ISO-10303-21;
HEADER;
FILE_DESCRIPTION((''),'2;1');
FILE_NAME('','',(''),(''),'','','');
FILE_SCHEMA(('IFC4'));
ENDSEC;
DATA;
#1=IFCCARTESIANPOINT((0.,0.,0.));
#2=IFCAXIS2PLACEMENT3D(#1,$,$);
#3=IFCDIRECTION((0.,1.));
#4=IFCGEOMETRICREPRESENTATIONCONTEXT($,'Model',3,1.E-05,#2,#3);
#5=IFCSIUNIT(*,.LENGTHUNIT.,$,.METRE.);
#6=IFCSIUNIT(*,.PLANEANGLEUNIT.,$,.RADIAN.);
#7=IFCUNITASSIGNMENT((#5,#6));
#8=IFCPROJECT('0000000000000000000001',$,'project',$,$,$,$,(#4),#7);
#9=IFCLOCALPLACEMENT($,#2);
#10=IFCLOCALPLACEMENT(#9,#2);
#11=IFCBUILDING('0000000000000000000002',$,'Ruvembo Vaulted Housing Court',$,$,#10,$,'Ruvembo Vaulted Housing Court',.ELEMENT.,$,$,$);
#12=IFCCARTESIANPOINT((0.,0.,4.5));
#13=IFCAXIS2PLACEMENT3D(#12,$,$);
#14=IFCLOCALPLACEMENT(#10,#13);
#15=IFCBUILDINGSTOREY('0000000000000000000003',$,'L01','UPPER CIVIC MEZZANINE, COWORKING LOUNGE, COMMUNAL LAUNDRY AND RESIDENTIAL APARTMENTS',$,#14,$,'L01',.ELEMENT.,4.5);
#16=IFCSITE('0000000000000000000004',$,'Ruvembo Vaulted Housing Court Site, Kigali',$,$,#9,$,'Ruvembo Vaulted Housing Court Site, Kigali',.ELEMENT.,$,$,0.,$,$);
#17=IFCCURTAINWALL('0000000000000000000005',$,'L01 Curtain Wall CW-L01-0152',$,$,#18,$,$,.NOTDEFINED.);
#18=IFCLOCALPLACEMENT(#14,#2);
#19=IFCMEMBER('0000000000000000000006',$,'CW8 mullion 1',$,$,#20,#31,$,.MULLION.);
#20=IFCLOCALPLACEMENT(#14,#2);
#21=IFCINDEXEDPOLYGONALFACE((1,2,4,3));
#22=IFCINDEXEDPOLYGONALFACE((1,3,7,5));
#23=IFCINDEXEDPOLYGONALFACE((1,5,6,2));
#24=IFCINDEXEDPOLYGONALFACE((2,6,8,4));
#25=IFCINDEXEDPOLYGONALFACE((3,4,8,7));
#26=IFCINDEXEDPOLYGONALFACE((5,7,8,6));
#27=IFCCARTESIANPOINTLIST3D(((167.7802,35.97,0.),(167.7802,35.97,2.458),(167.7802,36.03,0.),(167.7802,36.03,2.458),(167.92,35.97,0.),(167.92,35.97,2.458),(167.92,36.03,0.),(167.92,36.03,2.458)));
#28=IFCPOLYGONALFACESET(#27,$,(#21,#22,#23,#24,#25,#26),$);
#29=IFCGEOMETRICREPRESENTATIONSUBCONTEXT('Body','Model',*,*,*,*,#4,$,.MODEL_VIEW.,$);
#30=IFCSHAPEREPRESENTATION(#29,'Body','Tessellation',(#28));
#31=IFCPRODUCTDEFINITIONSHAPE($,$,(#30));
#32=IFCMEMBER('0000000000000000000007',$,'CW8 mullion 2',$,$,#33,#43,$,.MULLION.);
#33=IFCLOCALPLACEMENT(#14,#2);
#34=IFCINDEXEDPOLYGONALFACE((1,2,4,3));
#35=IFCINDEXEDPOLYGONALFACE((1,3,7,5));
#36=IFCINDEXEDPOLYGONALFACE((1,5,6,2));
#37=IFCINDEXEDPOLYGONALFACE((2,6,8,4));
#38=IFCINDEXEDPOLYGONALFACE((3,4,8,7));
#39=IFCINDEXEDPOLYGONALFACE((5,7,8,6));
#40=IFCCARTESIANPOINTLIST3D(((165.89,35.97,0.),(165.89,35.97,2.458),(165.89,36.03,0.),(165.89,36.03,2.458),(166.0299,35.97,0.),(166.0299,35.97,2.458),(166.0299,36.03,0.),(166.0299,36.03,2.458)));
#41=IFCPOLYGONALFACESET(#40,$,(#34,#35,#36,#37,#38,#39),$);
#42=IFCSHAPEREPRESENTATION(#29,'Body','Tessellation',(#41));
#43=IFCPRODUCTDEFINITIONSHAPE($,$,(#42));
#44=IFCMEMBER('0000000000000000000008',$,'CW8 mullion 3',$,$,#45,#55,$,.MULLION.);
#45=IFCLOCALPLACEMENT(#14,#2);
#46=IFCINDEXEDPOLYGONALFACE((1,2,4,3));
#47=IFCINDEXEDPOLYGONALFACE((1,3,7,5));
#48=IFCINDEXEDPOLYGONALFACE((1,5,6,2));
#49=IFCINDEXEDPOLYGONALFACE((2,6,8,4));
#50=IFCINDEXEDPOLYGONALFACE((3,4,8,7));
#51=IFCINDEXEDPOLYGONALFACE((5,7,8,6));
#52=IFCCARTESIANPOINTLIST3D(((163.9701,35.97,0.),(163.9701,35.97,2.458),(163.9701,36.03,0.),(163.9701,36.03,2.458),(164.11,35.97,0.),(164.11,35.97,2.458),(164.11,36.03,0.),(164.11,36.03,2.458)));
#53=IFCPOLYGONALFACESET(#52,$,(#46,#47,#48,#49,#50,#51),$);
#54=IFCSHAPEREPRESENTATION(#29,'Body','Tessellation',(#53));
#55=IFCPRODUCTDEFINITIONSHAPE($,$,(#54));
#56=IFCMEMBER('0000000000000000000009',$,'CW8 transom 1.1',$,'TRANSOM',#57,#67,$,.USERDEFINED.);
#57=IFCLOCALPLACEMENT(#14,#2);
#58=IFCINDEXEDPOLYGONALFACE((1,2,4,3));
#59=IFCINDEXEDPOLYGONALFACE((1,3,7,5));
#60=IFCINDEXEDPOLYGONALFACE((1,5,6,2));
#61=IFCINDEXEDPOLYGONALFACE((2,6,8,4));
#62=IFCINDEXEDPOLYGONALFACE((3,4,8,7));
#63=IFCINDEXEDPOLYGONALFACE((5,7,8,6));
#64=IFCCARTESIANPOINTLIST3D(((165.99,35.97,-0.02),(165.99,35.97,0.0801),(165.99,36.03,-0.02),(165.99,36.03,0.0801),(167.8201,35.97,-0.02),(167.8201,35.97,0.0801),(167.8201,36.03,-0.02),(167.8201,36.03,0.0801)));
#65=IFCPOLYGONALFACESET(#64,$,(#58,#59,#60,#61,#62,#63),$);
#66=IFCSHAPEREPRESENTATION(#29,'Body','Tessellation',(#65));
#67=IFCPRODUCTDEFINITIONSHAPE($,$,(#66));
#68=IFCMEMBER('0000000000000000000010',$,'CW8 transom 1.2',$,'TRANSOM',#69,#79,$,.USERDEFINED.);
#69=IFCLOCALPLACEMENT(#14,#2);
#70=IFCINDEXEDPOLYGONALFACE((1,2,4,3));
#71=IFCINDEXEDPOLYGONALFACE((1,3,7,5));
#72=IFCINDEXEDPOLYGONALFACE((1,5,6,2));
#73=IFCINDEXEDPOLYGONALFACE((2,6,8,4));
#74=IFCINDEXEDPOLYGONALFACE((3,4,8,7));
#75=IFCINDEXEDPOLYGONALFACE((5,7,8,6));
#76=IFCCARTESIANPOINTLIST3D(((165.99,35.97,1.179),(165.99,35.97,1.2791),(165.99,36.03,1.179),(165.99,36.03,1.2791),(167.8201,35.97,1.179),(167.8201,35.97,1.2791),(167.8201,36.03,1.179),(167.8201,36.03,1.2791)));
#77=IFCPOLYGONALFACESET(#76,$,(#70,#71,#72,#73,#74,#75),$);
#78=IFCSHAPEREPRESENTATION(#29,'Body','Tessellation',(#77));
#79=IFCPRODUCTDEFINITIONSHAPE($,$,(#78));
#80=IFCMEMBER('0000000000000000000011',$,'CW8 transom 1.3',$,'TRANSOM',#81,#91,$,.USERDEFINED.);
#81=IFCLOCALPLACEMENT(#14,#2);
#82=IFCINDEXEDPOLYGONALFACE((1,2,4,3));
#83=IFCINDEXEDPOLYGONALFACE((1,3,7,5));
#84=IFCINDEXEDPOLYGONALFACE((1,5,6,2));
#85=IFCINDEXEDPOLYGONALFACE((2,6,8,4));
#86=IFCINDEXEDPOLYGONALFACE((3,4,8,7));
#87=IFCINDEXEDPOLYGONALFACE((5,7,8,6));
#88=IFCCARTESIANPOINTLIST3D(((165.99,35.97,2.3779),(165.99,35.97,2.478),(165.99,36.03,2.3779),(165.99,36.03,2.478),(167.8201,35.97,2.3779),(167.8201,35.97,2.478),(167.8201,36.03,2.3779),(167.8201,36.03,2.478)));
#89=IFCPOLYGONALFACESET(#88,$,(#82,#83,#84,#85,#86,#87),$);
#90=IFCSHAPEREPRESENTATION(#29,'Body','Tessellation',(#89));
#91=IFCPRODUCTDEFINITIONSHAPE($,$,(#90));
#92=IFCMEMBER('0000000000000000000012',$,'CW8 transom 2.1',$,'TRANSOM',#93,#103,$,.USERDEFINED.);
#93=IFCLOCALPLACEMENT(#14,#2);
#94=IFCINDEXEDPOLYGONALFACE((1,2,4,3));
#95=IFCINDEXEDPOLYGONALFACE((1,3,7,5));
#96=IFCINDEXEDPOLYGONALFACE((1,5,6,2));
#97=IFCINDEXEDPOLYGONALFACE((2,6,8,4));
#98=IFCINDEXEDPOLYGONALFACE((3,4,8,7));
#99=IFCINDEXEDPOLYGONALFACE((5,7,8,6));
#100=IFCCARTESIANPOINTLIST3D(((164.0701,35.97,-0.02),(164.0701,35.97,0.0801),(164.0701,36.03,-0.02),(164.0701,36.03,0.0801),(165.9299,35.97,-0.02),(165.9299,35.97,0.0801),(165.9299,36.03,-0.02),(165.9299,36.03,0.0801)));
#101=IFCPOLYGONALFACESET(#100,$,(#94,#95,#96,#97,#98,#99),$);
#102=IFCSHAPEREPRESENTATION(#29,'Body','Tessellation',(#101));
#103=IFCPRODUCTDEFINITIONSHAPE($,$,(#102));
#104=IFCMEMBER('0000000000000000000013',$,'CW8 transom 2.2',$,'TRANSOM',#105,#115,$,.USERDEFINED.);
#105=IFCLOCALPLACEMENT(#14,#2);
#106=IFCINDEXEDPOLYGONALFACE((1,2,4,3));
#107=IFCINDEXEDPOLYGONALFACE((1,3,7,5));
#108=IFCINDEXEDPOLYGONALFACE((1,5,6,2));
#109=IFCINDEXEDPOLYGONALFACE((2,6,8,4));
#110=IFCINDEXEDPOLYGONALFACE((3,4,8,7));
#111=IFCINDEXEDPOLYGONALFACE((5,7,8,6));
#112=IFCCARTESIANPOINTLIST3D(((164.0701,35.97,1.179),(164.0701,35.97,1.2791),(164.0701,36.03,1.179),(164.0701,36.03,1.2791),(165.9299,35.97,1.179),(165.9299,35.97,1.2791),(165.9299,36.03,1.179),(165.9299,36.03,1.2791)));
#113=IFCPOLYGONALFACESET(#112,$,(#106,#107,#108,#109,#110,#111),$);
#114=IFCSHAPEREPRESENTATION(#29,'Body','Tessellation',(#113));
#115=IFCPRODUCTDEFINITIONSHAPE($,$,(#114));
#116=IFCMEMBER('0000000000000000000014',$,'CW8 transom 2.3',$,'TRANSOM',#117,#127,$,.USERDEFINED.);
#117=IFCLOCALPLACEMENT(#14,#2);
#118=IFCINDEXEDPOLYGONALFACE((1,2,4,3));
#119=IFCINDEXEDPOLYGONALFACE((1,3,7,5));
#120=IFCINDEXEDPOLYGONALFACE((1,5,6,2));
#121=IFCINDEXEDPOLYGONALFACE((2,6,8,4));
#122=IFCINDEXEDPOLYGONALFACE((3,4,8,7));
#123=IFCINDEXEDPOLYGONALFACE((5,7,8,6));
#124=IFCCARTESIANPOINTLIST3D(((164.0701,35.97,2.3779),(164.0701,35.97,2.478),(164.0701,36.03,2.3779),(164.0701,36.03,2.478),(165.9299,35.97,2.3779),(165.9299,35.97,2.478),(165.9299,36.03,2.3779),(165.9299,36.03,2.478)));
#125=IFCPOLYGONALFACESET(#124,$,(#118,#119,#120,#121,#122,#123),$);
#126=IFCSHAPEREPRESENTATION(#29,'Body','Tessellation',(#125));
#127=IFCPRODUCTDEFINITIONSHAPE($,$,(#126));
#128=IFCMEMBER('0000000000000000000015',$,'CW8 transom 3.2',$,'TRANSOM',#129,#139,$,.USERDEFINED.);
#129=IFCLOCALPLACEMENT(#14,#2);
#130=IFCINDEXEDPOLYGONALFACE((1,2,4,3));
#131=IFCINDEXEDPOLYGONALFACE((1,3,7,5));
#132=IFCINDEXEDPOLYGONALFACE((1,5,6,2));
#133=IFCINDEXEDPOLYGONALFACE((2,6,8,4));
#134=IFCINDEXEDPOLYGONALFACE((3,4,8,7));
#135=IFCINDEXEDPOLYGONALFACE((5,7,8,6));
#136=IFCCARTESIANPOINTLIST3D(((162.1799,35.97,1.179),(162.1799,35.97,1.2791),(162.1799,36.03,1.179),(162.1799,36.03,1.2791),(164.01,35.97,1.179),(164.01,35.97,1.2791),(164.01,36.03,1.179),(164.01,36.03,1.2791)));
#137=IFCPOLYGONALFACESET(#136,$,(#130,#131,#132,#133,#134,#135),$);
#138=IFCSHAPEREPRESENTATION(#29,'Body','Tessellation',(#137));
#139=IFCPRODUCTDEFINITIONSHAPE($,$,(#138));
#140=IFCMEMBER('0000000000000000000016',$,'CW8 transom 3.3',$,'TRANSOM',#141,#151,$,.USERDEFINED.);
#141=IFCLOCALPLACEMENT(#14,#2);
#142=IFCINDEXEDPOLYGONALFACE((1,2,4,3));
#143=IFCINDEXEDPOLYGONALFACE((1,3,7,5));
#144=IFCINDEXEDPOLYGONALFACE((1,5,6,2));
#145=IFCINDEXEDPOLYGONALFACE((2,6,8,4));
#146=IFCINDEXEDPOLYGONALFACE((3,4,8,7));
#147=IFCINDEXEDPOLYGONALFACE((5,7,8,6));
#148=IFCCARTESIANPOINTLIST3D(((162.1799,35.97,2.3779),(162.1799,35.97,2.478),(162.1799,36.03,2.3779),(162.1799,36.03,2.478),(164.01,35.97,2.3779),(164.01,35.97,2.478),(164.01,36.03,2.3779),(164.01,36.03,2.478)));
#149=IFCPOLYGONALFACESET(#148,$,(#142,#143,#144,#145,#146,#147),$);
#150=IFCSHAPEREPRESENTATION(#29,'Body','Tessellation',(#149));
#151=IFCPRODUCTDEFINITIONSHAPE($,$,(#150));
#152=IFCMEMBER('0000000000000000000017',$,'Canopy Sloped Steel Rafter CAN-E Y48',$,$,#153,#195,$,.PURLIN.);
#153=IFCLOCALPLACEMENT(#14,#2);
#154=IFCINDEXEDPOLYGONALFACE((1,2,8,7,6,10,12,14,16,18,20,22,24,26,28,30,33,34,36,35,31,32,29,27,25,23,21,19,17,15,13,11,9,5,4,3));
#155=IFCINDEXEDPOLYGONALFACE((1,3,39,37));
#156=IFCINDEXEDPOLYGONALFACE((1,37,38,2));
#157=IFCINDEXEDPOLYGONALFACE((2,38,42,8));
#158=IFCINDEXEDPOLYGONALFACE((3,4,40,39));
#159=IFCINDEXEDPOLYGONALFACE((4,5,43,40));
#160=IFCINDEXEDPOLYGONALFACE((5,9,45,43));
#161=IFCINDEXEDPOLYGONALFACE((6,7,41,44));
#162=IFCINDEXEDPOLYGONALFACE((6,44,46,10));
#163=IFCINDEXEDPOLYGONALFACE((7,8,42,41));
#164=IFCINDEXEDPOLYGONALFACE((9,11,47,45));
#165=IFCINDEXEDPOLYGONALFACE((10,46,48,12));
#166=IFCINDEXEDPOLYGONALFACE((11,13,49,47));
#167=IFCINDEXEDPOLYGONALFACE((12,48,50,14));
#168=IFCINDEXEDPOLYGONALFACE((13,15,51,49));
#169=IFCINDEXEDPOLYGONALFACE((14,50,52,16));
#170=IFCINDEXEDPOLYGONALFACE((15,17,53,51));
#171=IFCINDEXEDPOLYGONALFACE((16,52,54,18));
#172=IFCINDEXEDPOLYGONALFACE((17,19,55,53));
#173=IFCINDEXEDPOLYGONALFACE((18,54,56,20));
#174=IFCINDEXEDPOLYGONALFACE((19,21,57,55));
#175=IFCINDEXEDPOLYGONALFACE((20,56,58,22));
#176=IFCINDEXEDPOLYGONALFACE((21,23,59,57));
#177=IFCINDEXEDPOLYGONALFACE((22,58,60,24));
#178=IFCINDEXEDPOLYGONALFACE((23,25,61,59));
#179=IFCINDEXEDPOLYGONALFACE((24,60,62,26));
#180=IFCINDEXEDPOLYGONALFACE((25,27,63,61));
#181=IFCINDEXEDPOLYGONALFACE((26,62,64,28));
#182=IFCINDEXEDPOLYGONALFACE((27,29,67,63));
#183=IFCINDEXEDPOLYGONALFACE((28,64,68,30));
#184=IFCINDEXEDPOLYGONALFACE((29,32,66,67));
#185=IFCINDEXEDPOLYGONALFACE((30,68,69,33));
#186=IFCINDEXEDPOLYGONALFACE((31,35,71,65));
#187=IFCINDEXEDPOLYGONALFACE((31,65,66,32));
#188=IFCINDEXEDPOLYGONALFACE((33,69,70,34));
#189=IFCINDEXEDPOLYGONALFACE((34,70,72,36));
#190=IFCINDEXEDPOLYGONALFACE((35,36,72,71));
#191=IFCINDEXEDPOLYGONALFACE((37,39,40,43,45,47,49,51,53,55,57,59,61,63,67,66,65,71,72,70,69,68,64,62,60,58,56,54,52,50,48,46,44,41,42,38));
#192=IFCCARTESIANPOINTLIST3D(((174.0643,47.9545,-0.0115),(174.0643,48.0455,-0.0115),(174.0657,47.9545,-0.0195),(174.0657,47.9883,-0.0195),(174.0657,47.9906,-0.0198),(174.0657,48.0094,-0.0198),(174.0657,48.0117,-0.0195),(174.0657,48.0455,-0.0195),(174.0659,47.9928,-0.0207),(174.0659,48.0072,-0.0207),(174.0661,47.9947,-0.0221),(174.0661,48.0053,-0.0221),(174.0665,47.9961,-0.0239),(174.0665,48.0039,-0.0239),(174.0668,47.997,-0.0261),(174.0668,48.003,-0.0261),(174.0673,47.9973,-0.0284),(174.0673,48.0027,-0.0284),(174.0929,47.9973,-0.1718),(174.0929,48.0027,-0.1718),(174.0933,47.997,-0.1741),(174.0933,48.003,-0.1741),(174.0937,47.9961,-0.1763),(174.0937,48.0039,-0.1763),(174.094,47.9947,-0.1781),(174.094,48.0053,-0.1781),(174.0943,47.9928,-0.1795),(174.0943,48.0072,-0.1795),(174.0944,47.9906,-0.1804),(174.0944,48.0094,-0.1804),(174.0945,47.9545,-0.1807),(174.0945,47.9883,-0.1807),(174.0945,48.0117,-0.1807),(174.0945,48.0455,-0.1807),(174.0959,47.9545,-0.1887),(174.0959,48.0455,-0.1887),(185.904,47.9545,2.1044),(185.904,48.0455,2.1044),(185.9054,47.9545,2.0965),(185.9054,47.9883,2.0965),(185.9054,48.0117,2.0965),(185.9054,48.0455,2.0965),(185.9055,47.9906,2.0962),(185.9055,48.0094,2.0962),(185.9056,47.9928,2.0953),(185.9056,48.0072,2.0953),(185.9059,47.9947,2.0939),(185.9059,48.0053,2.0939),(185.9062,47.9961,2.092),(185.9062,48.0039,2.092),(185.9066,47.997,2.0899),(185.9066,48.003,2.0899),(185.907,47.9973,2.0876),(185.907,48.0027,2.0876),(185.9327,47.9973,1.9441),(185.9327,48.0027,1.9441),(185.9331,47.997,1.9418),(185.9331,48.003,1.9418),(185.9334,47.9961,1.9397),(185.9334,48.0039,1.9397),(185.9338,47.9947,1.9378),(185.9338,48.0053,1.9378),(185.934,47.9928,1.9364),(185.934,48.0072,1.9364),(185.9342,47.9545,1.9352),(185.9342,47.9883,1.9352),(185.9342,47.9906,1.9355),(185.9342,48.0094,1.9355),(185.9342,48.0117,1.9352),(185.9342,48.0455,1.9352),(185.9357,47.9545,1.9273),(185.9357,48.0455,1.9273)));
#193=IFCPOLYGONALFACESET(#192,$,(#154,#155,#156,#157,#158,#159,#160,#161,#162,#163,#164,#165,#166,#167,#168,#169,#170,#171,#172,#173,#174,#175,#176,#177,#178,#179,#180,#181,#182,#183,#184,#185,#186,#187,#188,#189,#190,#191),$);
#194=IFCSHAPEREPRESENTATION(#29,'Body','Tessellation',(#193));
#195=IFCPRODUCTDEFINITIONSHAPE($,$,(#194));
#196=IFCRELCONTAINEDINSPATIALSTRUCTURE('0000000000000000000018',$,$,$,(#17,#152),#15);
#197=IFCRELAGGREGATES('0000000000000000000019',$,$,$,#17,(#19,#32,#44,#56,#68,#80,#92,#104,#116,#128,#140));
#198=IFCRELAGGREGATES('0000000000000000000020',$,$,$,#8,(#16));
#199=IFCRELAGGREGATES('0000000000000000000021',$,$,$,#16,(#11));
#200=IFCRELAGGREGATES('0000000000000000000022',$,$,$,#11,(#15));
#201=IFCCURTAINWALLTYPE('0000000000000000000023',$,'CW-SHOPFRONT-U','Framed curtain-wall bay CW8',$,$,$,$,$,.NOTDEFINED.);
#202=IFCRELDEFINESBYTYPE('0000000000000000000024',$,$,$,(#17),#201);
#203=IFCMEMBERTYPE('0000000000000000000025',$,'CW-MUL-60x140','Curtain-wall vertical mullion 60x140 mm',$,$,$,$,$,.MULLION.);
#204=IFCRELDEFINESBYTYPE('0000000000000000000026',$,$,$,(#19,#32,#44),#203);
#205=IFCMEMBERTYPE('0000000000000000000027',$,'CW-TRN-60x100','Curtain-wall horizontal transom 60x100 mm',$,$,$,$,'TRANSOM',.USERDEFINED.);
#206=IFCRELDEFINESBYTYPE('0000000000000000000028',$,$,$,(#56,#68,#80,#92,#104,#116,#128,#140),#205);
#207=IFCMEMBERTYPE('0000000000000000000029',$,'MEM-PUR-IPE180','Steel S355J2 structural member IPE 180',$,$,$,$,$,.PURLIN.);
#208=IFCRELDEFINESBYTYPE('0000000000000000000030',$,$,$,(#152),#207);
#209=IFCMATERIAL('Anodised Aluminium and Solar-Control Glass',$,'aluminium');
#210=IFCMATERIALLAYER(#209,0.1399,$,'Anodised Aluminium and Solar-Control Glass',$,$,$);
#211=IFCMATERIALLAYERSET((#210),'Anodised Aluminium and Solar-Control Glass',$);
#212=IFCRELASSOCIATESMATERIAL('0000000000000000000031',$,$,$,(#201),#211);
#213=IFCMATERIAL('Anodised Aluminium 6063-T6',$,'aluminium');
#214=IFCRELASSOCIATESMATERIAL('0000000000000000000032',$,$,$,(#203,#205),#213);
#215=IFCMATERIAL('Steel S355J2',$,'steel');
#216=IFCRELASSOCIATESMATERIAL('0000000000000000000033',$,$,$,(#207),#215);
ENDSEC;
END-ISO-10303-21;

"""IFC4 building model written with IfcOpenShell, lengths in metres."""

from ifc_helpers import new_model, si_unit, direction, frame, origin, origin_2d, place, context, subcontext, project, spatial, rectangle, i_section, extrude, material, layer, layer_set, material_profile, profile_set, type_object, element, aggregate, save


model = new_model("IFC4")

# Units and contexts
model_context = context("Model", 3, precision=1e-05, world=origin(), true_north=direction((0.0, 1.0)))
body_context = subcontext(model_context, "Body", "Model", "MODEL_VIEW")
ifc_project = project(units=[si_unit("LENGTHUNIT", "METRE"), si_unit("PLANEANGLEUNIT", "RADIAN")], contexts=[model_context])

# Site, building, storey
site_placement = place(None, origin())
site = spatial("IfcSite", under=ifc_project, at=site_placement, Name="Ruvembo Vaulted Housing Court Site, Kigali", LongName="Ruvembo Vaulted Housing Court Site, Kigali", CompositionType="ELEMENT", RefElevation=0.0)
building_placement = place(site_placement, origin())
building = spatial("IfcBuilding", under=site, at=building_placement, Name="Ruvembo Vaulted Housing Court", LongName="Ruvembo Vaulted Housing Court", CompositionType="ELEMENT")
storey_placement = place(building_placement, frame((0.0, 0.0, 4.5)))
storey = spatial("IfcBuildingStorey", under=building, at=storey_placement, Name="L01", Description="UPPER CIVIC MEZZANINE, COWORKING LOUNGE, COMMUNAL LAUNDRY AND RESIDENTIAL APARTMENTS", LongName="L01", CompositionType="ELEMENT", Elevation=4.5)

# Shared definitions
ifc_material_1 = material(Name="Steel S355J2", Category="steel")

# Curtain wall, members
ifc_material_2 = material(Name="Anodised Aluminium and Solar-Control Glass", Category="aluminium")
ifc_layer_1 = layer(ifc_material_2, 0.1399, Name="Anodised Aluminium and Solar-Control Glass")
ifc_layer_set_1 = layer_set([ifc_layer_1], Name="Anodised Aluminium and Solar-Control Glass")
curtain_wall_type = type_object("IfcCurtainWallType", Name="CW-SHOPFRONT-U", Description="Framed curtain-wall bay CW8", PredefinedType="NOTDEFINED", material=ifc_layer_set_1)
curtain_wall_placement = place(storey_placement, origin())
curtain_wall = element("IfcCurtainWall", 1, at=curtain_wall_placement, inside=storey, type_object=curtain_wall_type, Name="L01 Curtain Wall CW-L01-0152", PredefinedType="NOTDEFINED")
ifc_material_3 = material(Name="Anodised Aluminium 6063-T6", Category="aluminium")
ifc_material_profile_1 = material_profile(ifc_material_3, rectangle(XDim=0.0601, YDim=0.1399, at=origin_2d()), Name="ALU 60x140")
ifc_profile_set_1 = profile_set([ifc_material_profile_1], Name="Anodised Aluminium 6063-T6")
member_type_1 = type_object("IfcMemberType", Name="CW-MUL-60x140", Description="Curtain-wall vertical mullion 60x140 mm", PredefinedType="MULLION", material=ifc_profile_set_1)
member_1_placement = place(storey_placement, frame((167.8501, 36.0, 0.0), z_axis=(0.0, 0.0, 1.0), x_axis=(0.0, -1.0, 0.0)))
member_1 = element("IfcMember", 2, at=member_1_placement, type_object=member_type_1, Name="CW8 mullion 1", PredefinedType="MULLION", context=body_context, shape_type="SweptSolid", body=[
    extrude(rectangle(XDim=0.0601, YDim=0.1399, at=origin_2d()), origin(), (0.0, 0.0, 1.0), 2.458),
])
member_2_placement = place(storey_placement, frame((165.96, 36.0, 0.0), z_axis=(0.0, 0.0, 1.0), x_axis=(0.0, -1.0, 0.0)))
member_2 = element("IfcMember", 3, at=member_2_placement, type_object=member_type_1, Name="CW8 mullion 2", PredefinedType="MULLION", context=body_context, shape_type="SweptSolid", body=[
    extrude(rectangle(XDim=0.0601, YDim=0.1399, at=origin_2d()), origin(), (0.0, 0.0, 1.0), 2.458),
])
member_3_placement = place(storey_placement, frame((164.04, 36.0, 0.0), z_axis=(0.0, 0.0, 1.0), x_axis=(0.0, -1.0, 0.0)))
member_3 = element("IfcMember", 4, at=member_3_placement, type_object=member_type_1, Name="CW8 mullion 3", PredefinedType="MULLION", context=body_context, shape_type="SweptSolid", body=[
    extrude(rectangle(XDim=0.0601, YDim=0.1399, at=origin_2d()), origin(), (0.0, 0.0, 1.0), 2.458),
])
ifc_material_profile_2 = material_profile(ifc_material_3, rectangle(XDim=0.0601, YDim=0.1001, at=origin_2d()), Name="ALU 60x100")
ifc_profile_set_2 = profile_set([ifc_material_profile_2], Name="Anodised Aluminium 6063-T6")
member_type_2 = type_object("IfcMemberType", Name="CW-TRN-60x100", Description="Curtain-wall horizontal transom 60x100 mm", ElementType="TRANSOM", PredefinedType="USERDEFINED", material=ifc_profile_set_2)
member_4_placement = place(storey_placement, frame((167.8201, 36.0, 0.03), z_axis=(-1.0, 0.0, 0.0), x_axis=(0.0, -1.0, 0.0)))
member_4 = element("IfcMember", 5, at=member_4_placement, type_object=member_type_2, Name="CW8 transom 1.1", ObjectType="TRANSOM", PredefinedType="USERDEFINED", context=body_context, shape_type="SweptSolid", body=[
    extrude(rectangle(XDim=0.0601, YDim=0.1001, at=origin_2d()), origin(), (0.0, 0.0, 1.0), 1.8301),
])
member_5_placement = place(storey_placement, frame((167.8201, 36.0, 1.229), z_axis=(-1.0, 0.0, 0.0), x_axis=(0.0, -1.0, 0.0)))
member_5 = element("IfcMember", 6, at=member_5_placement, type_object=member_type_2, Name="CW8 transom 1.2", ObjectType="TRANSOM", PredefinedType="USERDEFINED", context=body_context, shape_type="SweptSolid", body=[
    extrude(rectangle(XDim=0.0601, YDim=0.1001, at=origin_2d()), origin(), (0.0, 0.0, 1.0), 1.8301),
])
member_6_placement = place(storey_placement, frame((167.8201, 36.0, 2.428), z_axis=(-1.0, 0.0, 0.0), x_axis=(0.0, -1.0, 0.0)))
member_6 = element("IfcMember", 7, at=member_6_placement, type_object=member_type_2, Name="CW8 transom 1.3", ObjectType="TRANSOM", PredefinedType="USERDEFINED", context=body_context, shape_type="SweptSolid", body=[
    extrude(rectangle(XDim=0.0601, YDim=0.1001, at=origin_2d()), origin(), (0.0, 0.0, 1.0), 1.8301),
])
member_7_placement = place(storey_placement, frame((165.9299, 36.0, 0.03), z_axis=(-1.0, 0.0, 0.0), x_axis=(0.0, -1.0, 0.0)))
member_7 = element("IfcMember", 8, at=member_7_placement, type_object=member_type_2, Name="CW8 transom 2.1", ObjectType="TRANSOM", PredefinedType="USERDEFINED", context=body_context, shape_type="SweptSolid", body=[
    extrude(rectangle(XDim=0.0601, YDim=0.1001, at=origin_2d()), origin(), (0.0, 0.0, 1.0), 1.8599),
])
member_8_placement = place(storey_placement, frame((165.9299, 36.0, 1.229), z_axis=(-1.0, 0.0, 0.0), x_axis=(0.0, -1.0, 0.0)))
member_8 = element("IfcMember", 9, at=member_8_placement, type_object=member_type_2, Name="CW8 transom 2.2", ObjectType="TRANSOM", PredefinedType="USERDEFINED", context=body_context, shape_type="SweptSolid", body=[
    extrude(rectangle(XDim=0.0601, YDim=0.1001, at=origin_2d()), origin(), (0.0, 0.0, 1.0), 1.8599),
])
member_9_placement = place(storey_placement, frame((165.9299, 36.0, 2.428), z_axis=(-1.0, 0.0, 0.0), x_axis=(0.0, -1.0, 0.0)))
member_9 = element("IfcMember", 10, at=member_9_placement, type_object=member_type_2, Name="CW8 transom 2.3", ObjectType="TRANSOM", PredefinedType="USERDEFINED", context=body_context, shape_type="SweptSolid", body=[
    extrude(rectangle(XDim=0.0601, YDim=0.1001, at=origin_2d()), origin(), (0.0, 0.0, 1.0), 1.8599),
])
member_10_placement = place(storey_placement, frame((164.01, 36.0, 1.229), z_axis=(-1.0, 0.0, 0.0), x_axis=(0.0, -1.0, 0.0)))
member_10 = element("IfcMember", 11, at=member_10_placement, type_object=member_type_2, Name="CW8 transom 3.2", ObjectType="TRANSOM", PredefinedType="USERDEFINED", context=body_context, shape_type="SweptSolid", body=[
    extrude(rectangle(XDim=0.0601, YDim=0.1001, at=origin_2d()), origin(), (0.0, 0.0, 1.0), 1.8301),
])
member_11_placement = place(storey_placement, frame((164.01, 36.0, 2.428), z_axis=(-1.0, 0.0, 0.0), x_axis=(0.0, -1.0, 0.0)))
member_11 = element("IfcMember", 12, at=member_11_placement, type_object=member_type_2, Name="CW8 transom 3.3", ObjectType="TRANSOM", PredefinedType="USERDEFINED", context=body_context, shape_type="SweptSolid", body=[
    extrude(rectangle(XDim=0.0601, YDim=0.1001, at=origin_2d()), origin(), (0.0, 0.0, 1.0), 1.8301),
])

# Member
ifc_material_profile_3 = material_profile(ifc_material_1, i_section(OverallWidth=0.0911, OverallDepth=0.1799, WebThickness=0.0054, FlangeThickness=0.0081, FilletRadius=0.009, at=origin_2d()), Name="IPE 180")
ifc_profile_set_3 = profile_set([ifc_material_profile_3], Name="Steel S355J2")
member_type_3 = type_object("IfcMemberType", Name="MEM-PUR-IPE180", Description="Steel S355J2 structural member IPE 180", PredefinedType="PURLIN", material=ifc_profile_set_3)
for number, where, z_axis, x_axis, name in (
    (13, (174.0801, 48.0, -0.1001), (0.984403, 0.0, 0.175928), (0.0, 1.0, 0.0), "Canopy Sloped Steel Rafter CAN-E Y48"),
):
    element("IfcMember", number, at=place(storey_placement, frame(where, z_axis=z_axis, x_axis=x_axis)), inside=storey, type_object=member_type_3, Name=name, PredefinedType="PURLIN", context=body_context, shape_type="SweptSolid", body=[
        extrude(i_section(OverallWidth=0.0911, OverallDepth=0.1799, WebThickness=0.0054, FlangeThickness=0.0081, FilletRadius=0.009, at=origin_2d()), origin(), (0.0, 0.0, 1.0), 12.0273),
    ])

aggregate(curtain_wall, [member_1, member_2, member_3, member_4, member_5, member_6, member_7, member_8, member_9, member_10, member_11])

save(model, "model.ifc")
